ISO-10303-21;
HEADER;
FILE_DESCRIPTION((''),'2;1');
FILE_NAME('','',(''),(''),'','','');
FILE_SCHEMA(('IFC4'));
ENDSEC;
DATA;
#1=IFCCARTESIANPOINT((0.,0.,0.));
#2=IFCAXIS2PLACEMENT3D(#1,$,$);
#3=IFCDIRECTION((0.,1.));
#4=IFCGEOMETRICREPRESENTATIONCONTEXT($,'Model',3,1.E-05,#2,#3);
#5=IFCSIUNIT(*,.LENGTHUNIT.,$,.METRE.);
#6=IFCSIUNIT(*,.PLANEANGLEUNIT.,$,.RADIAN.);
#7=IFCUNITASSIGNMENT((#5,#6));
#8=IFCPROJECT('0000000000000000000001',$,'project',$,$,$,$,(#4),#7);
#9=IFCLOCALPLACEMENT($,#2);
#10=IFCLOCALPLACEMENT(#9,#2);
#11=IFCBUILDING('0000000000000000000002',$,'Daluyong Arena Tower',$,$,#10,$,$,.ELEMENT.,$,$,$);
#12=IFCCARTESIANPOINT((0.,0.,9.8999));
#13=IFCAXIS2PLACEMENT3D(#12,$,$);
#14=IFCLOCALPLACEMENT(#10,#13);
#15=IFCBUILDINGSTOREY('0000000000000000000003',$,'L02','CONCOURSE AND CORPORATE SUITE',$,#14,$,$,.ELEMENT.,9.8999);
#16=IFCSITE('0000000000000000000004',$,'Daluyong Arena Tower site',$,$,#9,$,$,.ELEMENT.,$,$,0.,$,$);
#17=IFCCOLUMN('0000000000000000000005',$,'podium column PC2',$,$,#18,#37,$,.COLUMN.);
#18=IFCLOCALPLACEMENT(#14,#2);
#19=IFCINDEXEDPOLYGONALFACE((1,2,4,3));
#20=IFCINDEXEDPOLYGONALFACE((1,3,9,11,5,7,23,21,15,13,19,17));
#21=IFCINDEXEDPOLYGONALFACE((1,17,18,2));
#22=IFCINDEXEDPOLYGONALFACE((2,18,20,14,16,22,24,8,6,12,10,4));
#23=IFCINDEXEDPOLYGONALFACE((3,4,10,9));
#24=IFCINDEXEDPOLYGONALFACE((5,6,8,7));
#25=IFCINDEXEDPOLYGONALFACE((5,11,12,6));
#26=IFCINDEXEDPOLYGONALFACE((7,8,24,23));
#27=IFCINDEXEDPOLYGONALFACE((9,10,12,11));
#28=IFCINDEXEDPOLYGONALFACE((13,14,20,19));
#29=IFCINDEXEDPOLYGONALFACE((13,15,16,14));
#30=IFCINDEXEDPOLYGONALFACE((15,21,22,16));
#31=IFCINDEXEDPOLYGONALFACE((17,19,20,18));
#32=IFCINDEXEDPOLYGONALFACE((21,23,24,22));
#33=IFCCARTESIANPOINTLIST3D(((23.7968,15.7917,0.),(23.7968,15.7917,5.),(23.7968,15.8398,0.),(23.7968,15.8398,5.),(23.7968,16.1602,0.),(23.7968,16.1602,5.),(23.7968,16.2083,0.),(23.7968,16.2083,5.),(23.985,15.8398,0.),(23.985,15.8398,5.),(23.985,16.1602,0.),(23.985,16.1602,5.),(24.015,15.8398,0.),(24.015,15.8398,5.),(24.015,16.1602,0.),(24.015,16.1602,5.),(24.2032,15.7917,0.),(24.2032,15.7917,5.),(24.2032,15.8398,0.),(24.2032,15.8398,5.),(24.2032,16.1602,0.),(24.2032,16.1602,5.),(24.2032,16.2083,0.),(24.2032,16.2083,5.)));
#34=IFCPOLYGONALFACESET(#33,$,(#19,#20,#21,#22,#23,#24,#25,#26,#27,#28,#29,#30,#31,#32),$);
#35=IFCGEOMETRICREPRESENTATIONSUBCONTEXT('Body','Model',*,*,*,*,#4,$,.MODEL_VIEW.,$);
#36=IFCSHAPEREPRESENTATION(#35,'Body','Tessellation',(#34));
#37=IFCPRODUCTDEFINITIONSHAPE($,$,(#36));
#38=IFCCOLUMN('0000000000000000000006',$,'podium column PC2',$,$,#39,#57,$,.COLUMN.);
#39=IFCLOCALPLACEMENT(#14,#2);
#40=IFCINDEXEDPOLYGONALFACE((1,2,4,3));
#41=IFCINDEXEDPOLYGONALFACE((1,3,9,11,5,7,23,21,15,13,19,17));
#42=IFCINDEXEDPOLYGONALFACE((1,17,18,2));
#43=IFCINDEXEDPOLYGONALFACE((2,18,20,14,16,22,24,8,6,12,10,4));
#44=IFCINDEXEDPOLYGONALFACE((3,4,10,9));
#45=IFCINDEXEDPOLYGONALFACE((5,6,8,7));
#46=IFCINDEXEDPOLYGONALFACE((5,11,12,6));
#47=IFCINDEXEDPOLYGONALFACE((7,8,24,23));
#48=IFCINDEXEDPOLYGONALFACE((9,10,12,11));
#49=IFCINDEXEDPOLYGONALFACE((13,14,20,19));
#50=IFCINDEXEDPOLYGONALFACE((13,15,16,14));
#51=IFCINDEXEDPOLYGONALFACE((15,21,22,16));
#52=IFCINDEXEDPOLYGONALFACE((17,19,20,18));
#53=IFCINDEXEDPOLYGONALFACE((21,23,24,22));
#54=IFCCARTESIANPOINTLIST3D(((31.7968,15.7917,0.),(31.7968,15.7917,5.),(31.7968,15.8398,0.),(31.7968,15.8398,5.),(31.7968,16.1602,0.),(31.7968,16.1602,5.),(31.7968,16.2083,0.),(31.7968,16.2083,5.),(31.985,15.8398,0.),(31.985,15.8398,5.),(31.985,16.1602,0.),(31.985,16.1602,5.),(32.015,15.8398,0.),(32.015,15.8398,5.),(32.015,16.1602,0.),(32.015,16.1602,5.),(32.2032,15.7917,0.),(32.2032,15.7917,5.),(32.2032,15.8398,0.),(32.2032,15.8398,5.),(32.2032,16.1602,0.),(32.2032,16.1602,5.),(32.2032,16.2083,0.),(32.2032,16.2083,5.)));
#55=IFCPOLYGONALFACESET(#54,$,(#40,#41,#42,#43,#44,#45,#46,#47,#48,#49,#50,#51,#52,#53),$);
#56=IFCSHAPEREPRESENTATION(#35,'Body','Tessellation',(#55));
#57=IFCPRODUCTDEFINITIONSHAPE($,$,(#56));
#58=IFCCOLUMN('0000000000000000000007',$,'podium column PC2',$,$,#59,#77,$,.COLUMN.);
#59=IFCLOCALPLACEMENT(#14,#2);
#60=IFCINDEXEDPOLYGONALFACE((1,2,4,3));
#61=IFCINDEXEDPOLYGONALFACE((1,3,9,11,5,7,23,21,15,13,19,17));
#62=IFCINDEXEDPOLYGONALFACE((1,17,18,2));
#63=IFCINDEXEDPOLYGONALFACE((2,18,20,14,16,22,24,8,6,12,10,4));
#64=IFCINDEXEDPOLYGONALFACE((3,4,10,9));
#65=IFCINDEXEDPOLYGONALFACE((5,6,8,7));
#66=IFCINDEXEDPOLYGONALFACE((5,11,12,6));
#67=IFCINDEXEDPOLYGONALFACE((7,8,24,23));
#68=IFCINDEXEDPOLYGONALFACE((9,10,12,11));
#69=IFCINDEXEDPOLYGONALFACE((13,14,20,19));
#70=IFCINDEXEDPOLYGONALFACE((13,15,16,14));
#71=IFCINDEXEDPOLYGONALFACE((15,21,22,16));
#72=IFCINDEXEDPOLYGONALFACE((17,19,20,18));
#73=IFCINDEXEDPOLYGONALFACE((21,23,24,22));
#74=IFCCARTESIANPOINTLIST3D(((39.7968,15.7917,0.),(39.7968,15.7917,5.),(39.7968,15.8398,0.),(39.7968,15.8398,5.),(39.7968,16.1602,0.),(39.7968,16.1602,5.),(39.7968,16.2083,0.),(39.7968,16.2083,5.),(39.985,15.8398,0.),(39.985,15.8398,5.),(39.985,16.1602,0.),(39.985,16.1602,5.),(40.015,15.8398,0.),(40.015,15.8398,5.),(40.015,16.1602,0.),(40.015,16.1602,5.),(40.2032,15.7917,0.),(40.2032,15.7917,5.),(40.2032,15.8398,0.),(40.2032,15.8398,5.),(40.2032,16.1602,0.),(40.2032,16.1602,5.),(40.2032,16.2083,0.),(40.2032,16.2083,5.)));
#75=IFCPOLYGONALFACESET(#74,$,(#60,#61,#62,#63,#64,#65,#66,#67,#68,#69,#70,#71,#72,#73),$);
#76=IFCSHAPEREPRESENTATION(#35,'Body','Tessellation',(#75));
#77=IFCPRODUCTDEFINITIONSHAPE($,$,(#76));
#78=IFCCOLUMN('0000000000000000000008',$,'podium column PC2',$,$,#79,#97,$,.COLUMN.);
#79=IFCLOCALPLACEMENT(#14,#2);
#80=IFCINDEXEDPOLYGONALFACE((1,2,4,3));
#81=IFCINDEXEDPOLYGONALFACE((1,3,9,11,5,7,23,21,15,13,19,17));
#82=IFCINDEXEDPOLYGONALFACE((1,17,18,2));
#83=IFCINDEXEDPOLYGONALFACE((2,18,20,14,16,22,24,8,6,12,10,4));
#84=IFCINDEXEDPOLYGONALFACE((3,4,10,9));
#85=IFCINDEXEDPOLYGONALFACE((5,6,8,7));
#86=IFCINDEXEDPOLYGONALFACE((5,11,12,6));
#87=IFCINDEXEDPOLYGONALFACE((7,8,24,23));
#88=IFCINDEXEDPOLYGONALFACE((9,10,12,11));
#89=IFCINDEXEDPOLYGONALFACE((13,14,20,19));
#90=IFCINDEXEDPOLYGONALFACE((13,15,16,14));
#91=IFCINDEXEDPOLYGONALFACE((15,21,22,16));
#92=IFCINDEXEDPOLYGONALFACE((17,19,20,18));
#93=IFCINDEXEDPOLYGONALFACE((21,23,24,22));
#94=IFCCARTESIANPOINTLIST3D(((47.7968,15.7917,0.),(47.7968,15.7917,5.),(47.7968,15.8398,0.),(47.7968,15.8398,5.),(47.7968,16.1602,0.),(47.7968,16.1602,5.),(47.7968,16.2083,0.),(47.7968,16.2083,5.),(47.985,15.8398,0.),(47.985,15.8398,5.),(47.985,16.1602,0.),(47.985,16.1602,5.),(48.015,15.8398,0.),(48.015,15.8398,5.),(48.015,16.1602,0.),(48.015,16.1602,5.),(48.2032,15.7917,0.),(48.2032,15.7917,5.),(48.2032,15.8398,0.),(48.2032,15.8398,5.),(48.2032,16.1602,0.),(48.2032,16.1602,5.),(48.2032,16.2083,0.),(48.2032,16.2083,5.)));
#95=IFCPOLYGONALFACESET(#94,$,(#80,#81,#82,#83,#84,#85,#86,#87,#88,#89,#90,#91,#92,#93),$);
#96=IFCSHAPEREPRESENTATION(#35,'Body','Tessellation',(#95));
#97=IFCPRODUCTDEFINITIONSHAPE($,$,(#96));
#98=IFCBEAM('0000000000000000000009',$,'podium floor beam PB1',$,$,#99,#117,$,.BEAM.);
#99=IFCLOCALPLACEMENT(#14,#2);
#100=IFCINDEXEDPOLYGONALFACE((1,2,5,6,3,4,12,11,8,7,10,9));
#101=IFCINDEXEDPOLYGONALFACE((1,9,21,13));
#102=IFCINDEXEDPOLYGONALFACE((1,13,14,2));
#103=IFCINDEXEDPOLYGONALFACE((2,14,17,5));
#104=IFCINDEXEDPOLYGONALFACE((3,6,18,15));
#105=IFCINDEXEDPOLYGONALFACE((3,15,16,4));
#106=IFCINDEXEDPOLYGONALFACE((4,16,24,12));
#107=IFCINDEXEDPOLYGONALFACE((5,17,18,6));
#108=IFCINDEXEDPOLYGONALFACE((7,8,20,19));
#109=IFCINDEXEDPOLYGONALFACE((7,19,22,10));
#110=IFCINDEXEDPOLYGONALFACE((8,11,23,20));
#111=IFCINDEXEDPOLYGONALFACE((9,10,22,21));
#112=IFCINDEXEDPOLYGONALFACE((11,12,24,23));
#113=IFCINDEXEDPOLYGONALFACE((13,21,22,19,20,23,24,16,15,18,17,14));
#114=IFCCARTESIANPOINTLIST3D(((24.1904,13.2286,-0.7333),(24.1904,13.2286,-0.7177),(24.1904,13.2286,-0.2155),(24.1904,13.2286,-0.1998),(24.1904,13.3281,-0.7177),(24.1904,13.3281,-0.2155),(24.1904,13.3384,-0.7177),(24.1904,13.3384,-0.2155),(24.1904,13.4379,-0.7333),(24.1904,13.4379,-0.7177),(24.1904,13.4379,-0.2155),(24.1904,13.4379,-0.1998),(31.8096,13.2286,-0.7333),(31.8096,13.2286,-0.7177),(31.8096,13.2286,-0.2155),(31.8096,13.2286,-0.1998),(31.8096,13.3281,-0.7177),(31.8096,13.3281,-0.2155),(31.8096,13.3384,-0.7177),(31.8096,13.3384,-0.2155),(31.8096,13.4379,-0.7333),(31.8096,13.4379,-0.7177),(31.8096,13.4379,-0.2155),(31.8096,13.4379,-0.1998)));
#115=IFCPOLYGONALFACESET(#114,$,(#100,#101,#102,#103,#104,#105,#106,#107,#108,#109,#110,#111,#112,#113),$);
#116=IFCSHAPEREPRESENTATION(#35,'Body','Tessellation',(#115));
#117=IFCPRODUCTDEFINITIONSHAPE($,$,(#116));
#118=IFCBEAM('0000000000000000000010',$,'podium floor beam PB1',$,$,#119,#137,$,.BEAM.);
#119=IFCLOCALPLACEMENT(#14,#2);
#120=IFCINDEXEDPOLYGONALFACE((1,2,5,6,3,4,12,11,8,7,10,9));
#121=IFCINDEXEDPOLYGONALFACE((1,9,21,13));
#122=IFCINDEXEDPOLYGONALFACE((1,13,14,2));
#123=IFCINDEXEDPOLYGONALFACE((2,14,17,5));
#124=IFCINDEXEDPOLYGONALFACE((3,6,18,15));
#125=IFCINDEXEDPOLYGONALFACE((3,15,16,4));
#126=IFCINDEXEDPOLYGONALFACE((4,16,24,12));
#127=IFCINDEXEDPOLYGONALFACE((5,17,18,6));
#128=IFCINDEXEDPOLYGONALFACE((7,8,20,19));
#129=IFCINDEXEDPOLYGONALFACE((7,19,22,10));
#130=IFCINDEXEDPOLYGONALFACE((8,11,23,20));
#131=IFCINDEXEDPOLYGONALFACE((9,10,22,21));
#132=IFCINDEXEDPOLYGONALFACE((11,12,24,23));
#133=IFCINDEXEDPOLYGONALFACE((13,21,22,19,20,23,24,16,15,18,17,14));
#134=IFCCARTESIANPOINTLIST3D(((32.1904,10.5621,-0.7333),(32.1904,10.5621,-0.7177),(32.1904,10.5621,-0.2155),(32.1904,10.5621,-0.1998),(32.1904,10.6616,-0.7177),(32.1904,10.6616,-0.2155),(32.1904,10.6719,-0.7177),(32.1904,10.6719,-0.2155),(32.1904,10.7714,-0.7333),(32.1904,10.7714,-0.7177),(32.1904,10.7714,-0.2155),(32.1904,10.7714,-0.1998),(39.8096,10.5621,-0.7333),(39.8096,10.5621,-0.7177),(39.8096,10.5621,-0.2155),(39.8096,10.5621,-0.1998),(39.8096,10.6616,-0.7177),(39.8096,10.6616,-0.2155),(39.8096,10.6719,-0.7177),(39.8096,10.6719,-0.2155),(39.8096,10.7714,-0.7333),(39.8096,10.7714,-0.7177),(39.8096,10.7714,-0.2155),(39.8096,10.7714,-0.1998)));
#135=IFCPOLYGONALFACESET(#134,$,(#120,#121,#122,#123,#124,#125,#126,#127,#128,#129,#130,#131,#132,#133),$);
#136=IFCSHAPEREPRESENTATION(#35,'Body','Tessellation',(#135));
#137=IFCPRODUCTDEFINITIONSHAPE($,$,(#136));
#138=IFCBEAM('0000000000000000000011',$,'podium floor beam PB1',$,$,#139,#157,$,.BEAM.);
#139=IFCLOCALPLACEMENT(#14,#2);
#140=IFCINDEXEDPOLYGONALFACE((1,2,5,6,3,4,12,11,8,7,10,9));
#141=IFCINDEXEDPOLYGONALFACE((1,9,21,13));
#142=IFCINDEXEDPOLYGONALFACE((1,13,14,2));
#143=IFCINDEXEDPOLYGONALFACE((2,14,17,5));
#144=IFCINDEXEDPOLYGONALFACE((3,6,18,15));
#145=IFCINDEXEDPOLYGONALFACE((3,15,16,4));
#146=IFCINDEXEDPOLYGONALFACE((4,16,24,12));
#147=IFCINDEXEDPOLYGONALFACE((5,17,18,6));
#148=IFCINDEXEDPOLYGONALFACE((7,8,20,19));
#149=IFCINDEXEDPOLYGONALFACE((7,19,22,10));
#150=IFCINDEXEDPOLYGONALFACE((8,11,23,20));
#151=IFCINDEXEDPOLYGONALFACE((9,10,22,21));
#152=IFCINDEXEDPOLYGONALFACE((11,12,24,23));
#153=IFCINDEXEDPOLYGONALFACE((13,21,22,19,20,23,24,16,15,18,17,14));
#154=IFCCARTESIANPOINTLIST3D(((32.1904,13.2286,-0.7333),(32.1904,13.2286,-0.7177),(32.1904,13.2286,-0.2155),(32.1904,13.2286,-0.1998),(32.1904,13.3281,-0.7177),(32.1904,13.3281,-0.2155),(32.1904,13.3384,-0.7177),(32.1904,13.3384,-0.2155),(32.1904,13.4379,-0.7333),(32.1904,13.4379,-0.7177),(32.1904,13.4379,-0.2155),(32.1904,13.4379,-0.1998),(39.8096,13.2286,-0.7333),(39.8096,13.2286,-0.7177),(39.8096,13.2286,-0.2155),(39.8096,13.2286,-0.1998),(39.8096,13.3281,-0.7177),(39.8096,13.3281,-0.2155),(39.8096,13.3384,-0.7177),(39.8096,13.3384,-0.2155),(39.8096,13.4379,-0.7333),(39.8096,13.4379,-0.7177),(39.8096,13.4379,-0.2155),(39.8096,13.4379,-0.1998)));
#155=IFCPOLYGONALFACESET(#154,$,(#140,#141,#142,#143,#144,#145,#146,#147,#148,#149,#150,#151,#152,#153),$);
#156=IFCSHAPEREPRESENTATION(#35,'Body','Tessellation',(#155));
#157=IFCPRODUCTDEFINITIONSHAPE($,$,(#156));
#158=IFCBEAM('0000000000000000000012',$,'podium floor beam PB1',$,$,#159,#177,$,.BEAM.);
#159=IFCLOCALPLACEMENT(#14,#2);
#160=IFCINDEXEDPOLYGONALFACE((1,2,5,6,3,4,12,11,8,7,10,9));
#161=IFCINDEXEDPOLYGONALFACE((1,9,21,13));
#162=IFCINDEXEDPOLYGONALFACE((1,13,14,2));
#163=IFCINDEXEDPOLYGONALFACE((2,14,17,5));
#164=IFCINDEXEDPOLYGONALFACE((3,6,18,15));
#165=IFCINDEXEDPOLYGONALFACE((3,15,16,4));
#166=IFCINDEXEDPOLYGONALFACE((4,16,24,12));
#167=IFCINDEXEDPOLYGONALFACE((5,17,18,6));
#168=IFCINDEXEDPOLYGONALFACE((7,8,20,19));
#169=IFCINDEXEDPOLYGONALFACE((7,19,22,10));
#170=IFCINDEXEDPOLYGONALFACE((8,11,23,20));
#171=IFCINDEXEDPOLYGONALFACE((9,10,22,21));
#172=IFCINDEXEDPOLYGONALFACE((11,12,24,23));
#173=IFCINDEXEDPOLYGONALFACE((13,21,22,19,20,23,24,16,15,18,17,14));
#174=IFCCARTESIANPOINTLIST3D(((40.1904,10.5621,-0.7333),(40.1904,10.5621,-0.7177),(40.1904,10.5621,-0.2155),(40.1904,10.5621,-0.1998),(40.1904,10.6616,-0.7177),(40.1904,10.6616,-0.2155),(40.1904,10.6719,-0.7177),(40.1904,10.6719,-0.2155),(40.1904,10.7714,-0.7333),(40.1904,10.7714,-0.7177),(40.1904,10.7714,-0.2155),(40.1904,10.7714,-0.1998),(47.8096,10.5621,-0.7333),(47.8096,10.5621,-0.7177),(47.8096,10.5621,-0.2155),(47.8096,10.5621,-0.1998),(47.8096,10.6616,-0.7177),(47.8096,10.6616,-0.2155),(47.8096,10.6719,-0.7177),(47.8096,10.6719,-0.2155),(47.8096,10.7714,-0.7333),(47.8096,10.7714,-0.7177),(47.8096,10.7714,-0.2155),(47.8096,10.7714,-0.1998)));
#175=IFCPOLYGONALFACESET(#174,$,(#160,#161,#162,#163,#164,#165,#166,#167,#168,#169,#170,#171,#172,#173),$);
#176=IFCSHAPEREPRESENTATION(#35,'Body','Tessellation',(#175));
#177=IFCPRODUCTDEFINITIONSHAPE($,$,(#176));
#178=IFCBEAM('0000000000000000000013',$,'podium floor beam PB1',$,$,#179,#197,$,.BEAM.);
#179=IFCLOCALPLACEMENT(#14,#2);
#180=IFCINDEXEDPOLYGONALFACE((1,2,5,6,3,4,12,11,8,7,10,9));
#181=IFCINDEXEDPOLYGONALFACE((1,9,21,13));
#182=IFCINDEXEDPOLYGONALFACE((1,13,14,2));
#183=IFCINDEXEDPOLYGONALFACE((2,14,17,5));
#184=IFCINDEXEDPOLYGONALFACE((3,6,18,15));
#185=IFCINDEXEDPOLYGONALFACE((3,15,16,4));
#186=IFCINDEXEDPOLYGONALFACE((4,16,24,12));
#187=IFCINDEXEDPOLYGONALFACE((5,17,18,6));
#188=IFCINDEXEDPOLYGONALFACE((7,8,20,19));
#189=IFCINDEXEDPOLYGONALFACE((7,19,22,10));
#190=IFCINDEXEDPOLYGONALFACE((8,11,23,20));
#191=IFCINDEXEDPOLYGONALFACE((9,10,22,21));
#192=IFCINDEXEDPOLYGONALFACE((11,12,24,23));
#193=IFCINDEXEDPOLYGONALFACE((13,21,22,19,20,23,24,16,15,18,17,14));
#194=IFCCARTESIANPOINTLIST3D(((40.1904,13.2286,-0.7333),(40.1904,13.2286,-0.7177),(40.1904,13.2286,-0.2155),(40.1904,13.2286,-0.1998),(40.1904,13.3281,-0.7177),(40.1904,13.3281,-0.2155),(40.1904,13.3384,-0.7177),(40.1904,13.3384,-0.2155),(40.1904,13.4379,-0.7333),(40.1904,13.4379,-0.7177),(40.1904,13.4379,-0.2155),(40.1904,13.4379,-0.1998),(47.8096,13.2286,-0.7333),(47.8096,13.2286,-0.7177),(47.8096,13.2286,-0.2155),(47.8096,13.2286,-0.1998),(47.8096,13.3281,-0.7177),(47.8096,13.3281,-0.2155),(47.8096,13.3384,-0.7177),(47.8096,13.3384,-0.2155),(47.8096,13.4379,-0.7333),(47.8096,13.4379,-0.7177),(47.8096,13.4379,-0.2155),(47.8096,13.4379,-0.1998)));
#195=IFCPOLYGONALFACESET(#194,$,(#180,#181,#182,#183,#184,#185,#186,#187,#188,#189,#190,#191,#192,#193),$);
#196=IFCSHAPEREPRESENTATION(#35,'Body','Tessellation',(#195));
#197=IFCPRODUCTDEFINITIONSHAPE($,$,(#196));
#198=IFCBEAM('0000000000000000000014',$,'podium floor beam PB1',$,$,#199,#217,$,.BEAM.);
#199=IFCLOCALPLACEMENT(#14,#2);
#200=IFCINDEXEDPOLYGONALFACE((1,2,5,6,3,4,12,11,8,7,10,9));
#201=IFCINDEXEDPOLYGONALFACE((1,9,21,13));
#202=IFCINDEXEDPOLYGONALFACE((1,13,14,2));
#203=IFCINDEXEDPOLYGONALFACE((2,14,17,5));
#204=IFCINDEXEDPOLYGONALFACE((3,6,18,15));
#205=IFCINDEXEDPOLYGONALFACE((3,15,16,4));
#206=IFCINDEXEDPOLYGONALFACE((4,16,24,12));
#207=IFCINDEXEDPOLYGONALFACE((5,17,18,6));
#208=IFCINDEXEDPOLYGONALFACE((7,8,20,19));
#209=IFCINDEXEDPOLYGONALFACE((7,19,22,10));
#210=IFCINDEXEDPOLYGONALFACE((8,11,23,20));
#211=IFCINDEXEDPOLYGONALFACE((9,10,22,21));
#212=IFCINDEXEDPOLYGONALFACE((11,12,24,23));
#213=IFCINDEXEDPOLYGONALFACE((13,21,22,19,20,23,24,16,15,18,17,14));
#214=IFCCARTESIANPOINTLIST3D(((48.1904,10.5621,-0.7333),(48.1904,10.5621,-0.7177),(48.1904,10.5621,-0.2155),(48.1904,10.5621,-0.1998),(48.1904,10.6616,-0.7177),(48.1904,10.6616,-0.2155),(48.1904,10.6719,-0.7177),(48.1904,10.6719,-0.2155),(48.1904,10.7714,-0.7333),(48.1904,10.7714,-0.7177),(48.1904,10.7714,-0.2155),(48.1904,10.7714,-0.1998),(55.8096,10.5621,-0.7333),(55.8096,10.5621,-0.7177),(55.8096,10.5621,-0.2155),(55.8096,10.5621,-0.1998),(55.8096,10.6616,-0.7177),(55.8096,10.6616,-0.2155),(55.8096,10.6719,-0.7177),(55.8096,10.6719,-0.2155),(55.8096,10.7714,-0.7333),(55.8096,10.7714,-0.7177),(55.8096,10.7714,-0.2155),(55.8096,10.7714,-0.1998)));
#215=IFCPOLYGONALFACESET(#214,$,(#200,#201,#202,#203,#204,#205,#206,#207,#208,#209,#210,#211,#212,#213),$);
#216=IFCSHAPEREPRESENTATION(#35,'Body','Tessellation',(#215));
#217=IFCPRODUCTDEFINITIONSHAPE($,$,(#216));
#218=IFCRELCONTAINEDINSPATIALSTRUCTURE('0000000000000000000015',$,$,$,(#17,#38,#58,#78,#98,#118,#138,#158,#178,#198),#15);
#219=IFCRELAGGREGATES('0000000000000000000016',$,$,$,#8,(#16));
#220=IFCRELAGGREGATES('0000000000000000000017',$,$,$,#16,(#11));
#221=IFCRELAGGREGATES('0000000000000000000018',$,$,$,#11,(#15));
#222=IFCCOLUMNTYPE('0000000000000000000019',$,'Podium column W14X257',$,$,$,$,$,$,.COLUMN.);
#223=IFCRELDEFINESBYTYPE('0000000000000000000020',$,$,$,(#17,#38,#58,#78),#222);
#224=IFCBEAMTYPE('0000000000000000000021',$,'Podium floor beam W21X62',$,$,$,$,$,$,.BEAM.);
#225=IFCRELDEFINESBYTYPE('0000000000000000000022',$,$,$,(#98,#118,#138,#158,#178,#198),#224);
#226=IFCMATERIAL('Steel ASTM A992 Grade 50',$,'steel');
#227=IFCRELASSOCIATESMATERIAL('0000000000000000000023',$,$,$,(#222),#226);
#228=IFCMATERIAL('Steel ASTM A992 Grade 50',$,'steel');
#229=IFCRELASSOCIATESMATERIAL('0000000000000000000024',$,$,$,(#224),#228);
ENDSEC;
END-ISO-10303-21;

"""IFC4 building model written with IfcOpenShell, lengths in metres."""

from ifc_helpers import new_model, si_unit, direction, frame, origin, origin_2d, place, context, subcontext, project, spatial, i_section, extrude, material, material_profile, profile_set, type_object, element, save


model = new_model("IFC4")

# Units and contexts
model_context = context("Model", 3, precision=1e-05, world=origin(), true_north=direction((0.0, 1.0)))
body_context = subcontext(model_context, "Body", "Model", "MODEL_VIEW")
ifc_project = project(units=[si_unit("LENGTHUNIT", "METRE"), si_unit("PLANEANGLEUNIT", "RADIAN")], contexts=[model_context])

# Site, building, storey
site_placement = place(None, origin())
site = spatial("IfcSite", under=ifc_project, at=site_placement, Name="Daluyong Arena Tower site", CompositionType="ELEMENT", RefElevation=0.0)
building_placement = place(site_placement, origin())
building = spatial("IfcBuilding", under=site, at=building_placement, Name="Daluyong Arena Tower", CompositionType="ELEMENT")
storey_placement = place(building_placement, frame((0.0, 0.0, 9.8999)))
storey = spatial("IfcBuildingStorey", under=building, at=storey_placement, Name="L02", Description="CONCOURSE AND CORPORATE SUITE", CompositionType="ELEMENT", Elevation=9.8999)

# Columns
ifc_material_1 = material(Name="Steel ASTM A992 Grade 50", Category="steel")
ifc_material_profile_1 = material_profile(ifc_material_1, i_section(OverallWidth=0.4065, OverallDepth=0.4165, WebThickness=0.03, FlangeThickness=0.0481, at=origin_2d()))
ifc_profile_set_1 = profile_set([ifc_material_profile_1], Name="Steel ASTM A992 Grade 50")
column_type = type_object("IfcColumnType", Name="Podium column W14X257", PredefinedType="COLUMN", material=ifc_profile_set_1)
for number, where, z_axis, x_axis, name in (
    (1, (24.0, 16.0, 0.0), (0.0, 0.0, 1.0), (1.0, 0.0, 0.0), "podium column PC2"),
    (2, (32.0, 16.0, 0.0), (0.0, 0.0, 1.0), (1.0, 0.0, 0.0), "podium column PC2"),
    (3, (40.0, 16.0, 0.0), (0.0, 0.0, 1.0), (1.0, 0.0, 0.0), "podium column PC2"),
    (4, (48.0, 16.0, 0.0), (0.0, 0.0, 1.0), (1.0, 0.0, 0.0), "podium column PC2"),
):
    element("IfcColumn", number, at=place(storey_placement, frame(where, z_axis=z_axis, x_axis=x_axis)), inside=storey, type_object=column_type, Name=name, PredefinedType="COLUMN", context=body_context, shape_type="SweptSolid", body=[
        extrude(i_section(OverallWidth=0.4065, OverallDepth=0.4165, WebThickness=0.03, FlangeThickness=0.0481, at=origin_2d()), origin(), (0.0, 0.0, 1.0), 5.0),
    ])

# Beams
ifc_material_2 = material(Name="Steel ASTM A992 Grade 50", Category="steel")
ifc_material_profile_2 = material_profile(ifc_material_2, i_section(OverallWidth=0.2092, OverallDepth=0.5334, WebThickness=0.0103, FlangeThickness=0.0156, at=origin_2d()))
ifc_profile_set_2 = profile_set([ifc_material_profile_2], Name="Steel ASTM A992 Grade 50")
beam_type_1 = type_object("IfcBeamType", Name="Podium floor beam W21X62", PredefinedType="BEAM", material=ifc_profile_set_2)
for number, where, z_axis, x_axis, name in (
    (5, (24.1904, 13.3333, -0.4666), (1.0, 0.0, 0.0), (0.0, 1.0, 0.0), "podium floor beam PB1"),
    (6, (32.1904, 10.6667, -0.4666), (1.0, 0.0, 0.0), (0.0, 1.0, 0.0), "podium floor beam PB1"),
    (7, (32.1904, 13.3333, -0.4666), (1.0, 0.0, 0.0), (0.0, 1.0, 0.0), "podium floor beam PB1"),
    (8, (40.1904, 10.6667, -0.4666), (1.0, 0.0, 0.0), (0.0, 1.0, 0.0), "podium floor beam PB1"),
    (9, (40.1904, 13.3333, -0.4666), (1.0, 0.0, 0.0), (0.0, 1.0, 0.0), "podium floor beam PB1"),
    (10, (48.1904, 10.6667, -0.4666), (1.0, 0.0, 0.0), (0.0, 1.0, 0.0), "podium floor beam PB1"),
):
    element("IfcBeam", number, at=place(storey_placement, frame(where, z_axis=z_axis, x_axis=x_axis)), inside=storey, type_object=beam_type_1, Name=name, PredefinedType="BEAM", context=body_context, shape_type="SweptSolid", body=[
        extrude(i_section(OverallWidth=0.2092, OverallDepth=0.5334, WebThickness=0.0103, FlangeThickness=0.0156, at=origin_2d()), origin(), (0.0, 0.0, 1.0), 7.6191),
    ])

save(model, "model.ifc")
